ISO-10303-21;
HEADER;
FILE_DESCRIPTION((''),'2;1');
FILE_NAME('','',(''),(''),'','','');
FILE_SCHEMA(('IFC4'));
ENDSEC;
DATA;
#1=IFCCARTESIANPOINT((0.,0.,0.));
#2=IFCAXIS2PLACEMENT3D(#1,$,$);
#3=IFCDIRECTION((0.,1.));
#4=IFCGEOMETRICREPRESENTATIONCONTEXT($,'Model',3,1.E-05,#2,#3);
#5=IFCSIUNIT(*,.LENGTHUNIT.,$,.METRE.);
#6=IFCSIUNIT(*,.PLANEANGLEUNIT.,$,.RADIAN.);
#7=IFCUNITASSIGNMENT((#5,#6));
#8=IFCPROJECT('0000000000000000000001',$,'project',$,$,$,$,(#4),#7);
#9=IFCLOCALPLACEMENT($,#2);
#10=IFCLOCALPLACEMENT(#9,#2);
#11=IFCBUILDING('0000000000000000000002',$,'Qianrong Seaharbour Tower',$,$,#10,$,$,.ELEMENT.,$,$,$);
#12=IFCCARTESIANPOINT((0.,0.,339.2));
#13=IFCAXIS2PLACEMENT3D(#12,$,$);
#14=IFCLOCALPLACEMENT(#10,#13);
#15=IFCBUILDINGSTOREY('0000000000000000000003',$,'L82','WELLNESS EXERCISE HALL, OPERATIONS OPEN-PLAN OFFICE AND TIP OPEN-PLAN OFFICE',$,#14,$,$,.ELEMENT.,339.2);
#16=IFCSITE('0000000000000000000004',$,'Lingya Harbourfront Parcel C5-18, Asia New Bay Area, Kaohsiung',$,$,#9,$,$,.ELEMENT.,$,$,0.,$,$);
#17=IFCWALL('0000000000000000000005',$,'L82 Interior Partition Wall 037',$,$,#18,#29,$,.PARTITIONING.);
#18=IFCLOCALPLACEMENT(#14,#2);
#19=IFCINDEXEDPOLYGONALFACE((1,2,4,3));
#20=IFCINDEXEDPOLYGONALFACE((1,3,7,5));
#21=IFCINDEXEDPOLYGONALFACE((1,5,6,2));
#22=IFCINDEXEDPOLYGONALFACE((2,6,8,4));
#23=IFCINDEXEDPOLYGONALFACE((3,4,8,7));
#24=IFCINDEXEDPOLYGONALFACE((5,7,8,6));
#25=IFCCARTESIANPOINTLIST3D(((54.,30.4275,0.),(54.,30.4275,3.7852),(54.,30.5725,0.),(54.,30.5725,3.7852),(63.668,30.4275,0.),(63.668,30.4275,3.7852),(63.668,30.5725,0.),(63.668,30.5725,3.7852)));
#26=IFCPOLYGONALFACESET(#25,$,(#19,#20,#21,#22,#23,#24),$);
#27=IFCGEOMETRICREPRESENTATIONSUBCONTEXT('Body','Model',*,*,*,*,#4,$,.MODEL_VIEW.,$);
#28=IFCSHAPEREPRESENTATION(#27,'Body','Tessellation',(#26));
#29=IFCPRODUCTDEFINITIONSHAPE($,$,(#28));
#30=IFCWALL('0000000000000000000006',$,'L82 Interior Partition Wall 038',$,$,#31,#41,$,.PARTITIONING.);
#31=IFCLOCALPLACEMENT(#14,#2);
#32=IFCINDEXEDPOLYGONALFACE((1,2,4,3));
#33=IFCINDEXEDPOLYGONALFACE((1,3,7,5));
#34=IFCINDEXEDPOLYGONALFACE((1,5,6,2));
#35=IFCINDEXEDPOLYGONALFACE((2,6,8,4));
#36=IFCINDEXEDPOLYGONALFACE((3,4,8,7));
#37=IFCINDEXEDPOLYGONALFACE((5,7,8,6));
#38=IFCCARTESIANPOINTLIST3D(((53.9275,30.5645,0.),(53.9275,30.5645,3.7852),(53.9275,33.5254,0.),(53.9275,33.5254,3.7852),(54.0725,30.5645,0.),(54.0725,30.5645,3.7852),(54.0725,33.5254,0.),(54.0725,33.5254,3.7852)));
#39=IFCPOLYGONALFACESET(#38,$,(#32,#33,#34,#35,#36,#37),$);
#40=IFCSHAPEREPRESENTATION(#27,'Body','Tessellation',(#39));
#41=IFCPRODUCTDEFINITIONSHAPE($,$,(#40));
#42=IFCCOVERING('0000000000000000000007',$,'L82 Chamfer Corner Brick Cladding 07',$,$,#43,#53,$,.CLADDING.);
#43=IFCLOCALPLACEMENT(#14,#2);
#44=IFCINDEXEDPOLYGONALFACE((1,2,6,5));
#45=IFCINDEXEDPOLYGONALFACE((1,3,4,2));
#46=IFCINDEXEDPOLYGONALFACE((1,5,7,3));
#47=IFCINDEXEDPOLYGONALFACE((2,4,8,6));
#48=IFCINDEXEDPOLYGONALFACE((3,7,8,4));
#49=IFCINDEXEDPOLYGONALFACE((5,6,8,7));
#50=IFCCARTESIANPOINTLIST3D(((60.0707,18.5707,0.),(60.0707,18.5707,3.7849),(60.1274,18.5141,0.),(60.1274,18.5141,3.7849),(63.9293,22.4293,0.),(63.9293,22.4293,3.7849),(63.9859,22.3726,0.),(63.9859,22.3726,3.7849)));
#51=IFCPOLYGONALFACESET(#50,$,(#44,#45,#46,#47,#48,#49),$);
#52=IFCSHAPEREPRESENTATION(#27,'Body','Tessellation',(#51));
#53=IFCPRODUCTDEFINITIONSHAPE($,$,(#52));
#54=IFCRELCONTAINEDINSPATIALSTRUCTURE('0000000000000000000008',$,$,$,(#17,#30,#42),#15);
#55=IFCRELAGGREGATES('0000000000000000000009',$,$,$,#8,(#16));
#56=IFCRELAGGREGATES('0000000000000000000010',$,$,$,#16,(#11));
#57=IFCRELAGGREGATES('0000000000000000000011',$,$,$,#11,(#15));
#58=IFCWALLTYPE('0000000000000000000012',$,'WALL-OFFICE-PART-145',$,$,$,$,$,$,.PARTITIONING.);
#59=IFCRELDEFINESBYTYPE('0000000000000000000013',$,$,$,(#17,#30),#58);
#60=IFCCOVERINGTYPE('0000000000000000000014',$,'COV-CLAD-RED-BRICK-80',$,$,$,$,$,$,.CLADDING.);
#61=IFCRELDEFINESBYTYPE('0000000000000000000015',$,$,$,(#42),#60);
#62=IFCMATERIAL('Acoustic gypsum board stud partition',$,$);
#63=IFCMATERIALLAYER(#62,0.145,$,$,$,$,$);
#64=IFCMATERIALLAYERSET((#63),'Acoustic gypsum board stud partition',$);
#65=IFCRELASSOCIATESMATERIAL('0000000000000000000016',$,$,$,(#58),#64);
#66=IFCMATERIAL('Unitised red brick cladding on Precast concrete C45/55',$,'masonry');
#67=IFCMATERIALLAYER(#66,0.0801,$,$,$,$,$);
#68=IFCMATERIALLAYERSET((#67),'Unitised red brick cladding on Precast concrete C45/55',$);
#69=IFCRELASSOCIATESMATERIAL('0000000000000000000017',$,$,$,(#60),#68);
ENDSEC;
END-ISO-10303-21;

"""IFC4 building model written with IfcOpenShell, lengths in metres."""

from ifc_helpers import new_model, si_unit, direction, frame, frame_2d, origin, origin_2d, place, context, subcontext, project, spatial, rectangle, extrude, material, layer, layer_set, type_object, element, save


model = new_model("IFC4")

# Units and contexts
model_context = context("Model", 3, precision=1e-05, world=origin(), true_north=direction((0.0, 1.0)))
body_context = subcontext(model_context, "Body", "Model", "MODEL_VIEW")
ifc_project = project(units=[si_unit("LENGTHUNIT", "METRE"), si_unit("PLANEANGLEUNIT", "RADIAN")], contexts=[model_context])

# Site, building, storey
site_placement = place(None, origin())
site = spatial("IfcSite", under=ifc_project, at=site_placement, Name="Lingya Harbourfront Parcel C5-18, Asia New Bay Area, Kaohsiung", CompositionType="ELEMENT", RefElevation=0.0)
building_placement = place(site_placement, origin())
building = spatial("IfcBuilding", under=site, at=building_placement, Name="Qianrong Seaharbour Tower", CompositionType="ELEMENT")
storey_placement = place(building_placement, frame((0.0, 0.0, 339.2)))
storey = spatial("IfcBuildingStorey", under=building, at=storey_placement, Name="L82", Description="WELLNESS EXERCISE HALL, OPERATIONS OPEN-PLAN OFFICE AND TIP OPEN-PLAN OFFICE", CompositionType="ELEMENT", Elevation=339.2)

# Walls
ifc_material_1 = material(Name="Acoustic gypsum board stud partition")
ifc_layer_1 = layer(ifc_material_1, 0.145)
ifc_layer_set_1 = layer_set([ifc_layer_1], Name="Acoustic gypsum board stud partition")
wall_type_1 = type_object("IfcWallType", Name="WALL-OFFICE-PART-145", PredefinedType="PARTITIONING", material=ifc_layer_set_1)
wall_1_placement = place(storey_placement, frame((54.0, 30.5, 0.0), z_axis=(0.0, 0.0, 1.0), x_axis=(1.0, 0.0, 0.0)))
element("IfcWall", 1, at=wall_1_placement, inside=storey, type_object=wall_type_1, Name="L82 Interior Partition Wall 037", PredefinedType="PARTITIONING", context=body_context, shape_type="SweptSolid", body=[
    extrude(rectangle(XDim=9.668, YDim=0.145, at=frame_2d((4.834, 0.0))), origin(), (0.0, 0.0, 1.0), 3.7852),
])
wall_2_placement = place(storey_placement, frame((54.0, 33.5254, 0.0), z_axis=(0.0, 0.0, 1.0), x_axis=(0.0, -1.0, 0.0)))
element("IfcWall", 2, at=wall_2_placement, inside=storey, type_object=wall_type_1, Name="L82 Interior Partition Wall 038", PredefinedType="PARTITIONING", context=body_context, shape_type="SweptSolid", body=[
    extrude(rectangle(XDim=2.9609, YDim=0.145, at=frame_2d((1.4805, 0.0))), origin(), (0.0, 0.0, 1.0), 3.7852),
])

# Covering
ifc_material_2 = material(Name="Unitised red brick cladding on Precast concrete C45/55", Category="masonry")
ifc_layer_2 = layer(ifc_material_2, 0.0801)
ifc_layer_set_2 = layer_set([ifc_layer_2], Name="Unitised red brick cladding on Precast concrete C45/55")
covering_type = type_object("IfcCoveringType", Name="COV-CLAD-RED-BRICK-80", PredefinedType="CLADDING", material=ifc_layer_set_2)
covering_placement = place(storey_placement, frame((62.0283, 20.4717, 0.0), z_axis=(0.0, 0.0, 1.0), x_axis=(-0.707107, -0.707107, 0.0)))
element("IfcCovering", 3, at=covering_placement, inside=storey, type_object=covering_type, Name="L82 Chamfer Corner Brick Cladding 07", PredefinedType="CLADDING", context=body_context, shape_type="SweptSolid", body=[
    extrude(rectangle(XDim=5.4568, YDim=0.0801, at=origin_2d()), origin(), (0.0, 0.0, 1.0), 3.7849),
])

save(model, "model.ifc")
